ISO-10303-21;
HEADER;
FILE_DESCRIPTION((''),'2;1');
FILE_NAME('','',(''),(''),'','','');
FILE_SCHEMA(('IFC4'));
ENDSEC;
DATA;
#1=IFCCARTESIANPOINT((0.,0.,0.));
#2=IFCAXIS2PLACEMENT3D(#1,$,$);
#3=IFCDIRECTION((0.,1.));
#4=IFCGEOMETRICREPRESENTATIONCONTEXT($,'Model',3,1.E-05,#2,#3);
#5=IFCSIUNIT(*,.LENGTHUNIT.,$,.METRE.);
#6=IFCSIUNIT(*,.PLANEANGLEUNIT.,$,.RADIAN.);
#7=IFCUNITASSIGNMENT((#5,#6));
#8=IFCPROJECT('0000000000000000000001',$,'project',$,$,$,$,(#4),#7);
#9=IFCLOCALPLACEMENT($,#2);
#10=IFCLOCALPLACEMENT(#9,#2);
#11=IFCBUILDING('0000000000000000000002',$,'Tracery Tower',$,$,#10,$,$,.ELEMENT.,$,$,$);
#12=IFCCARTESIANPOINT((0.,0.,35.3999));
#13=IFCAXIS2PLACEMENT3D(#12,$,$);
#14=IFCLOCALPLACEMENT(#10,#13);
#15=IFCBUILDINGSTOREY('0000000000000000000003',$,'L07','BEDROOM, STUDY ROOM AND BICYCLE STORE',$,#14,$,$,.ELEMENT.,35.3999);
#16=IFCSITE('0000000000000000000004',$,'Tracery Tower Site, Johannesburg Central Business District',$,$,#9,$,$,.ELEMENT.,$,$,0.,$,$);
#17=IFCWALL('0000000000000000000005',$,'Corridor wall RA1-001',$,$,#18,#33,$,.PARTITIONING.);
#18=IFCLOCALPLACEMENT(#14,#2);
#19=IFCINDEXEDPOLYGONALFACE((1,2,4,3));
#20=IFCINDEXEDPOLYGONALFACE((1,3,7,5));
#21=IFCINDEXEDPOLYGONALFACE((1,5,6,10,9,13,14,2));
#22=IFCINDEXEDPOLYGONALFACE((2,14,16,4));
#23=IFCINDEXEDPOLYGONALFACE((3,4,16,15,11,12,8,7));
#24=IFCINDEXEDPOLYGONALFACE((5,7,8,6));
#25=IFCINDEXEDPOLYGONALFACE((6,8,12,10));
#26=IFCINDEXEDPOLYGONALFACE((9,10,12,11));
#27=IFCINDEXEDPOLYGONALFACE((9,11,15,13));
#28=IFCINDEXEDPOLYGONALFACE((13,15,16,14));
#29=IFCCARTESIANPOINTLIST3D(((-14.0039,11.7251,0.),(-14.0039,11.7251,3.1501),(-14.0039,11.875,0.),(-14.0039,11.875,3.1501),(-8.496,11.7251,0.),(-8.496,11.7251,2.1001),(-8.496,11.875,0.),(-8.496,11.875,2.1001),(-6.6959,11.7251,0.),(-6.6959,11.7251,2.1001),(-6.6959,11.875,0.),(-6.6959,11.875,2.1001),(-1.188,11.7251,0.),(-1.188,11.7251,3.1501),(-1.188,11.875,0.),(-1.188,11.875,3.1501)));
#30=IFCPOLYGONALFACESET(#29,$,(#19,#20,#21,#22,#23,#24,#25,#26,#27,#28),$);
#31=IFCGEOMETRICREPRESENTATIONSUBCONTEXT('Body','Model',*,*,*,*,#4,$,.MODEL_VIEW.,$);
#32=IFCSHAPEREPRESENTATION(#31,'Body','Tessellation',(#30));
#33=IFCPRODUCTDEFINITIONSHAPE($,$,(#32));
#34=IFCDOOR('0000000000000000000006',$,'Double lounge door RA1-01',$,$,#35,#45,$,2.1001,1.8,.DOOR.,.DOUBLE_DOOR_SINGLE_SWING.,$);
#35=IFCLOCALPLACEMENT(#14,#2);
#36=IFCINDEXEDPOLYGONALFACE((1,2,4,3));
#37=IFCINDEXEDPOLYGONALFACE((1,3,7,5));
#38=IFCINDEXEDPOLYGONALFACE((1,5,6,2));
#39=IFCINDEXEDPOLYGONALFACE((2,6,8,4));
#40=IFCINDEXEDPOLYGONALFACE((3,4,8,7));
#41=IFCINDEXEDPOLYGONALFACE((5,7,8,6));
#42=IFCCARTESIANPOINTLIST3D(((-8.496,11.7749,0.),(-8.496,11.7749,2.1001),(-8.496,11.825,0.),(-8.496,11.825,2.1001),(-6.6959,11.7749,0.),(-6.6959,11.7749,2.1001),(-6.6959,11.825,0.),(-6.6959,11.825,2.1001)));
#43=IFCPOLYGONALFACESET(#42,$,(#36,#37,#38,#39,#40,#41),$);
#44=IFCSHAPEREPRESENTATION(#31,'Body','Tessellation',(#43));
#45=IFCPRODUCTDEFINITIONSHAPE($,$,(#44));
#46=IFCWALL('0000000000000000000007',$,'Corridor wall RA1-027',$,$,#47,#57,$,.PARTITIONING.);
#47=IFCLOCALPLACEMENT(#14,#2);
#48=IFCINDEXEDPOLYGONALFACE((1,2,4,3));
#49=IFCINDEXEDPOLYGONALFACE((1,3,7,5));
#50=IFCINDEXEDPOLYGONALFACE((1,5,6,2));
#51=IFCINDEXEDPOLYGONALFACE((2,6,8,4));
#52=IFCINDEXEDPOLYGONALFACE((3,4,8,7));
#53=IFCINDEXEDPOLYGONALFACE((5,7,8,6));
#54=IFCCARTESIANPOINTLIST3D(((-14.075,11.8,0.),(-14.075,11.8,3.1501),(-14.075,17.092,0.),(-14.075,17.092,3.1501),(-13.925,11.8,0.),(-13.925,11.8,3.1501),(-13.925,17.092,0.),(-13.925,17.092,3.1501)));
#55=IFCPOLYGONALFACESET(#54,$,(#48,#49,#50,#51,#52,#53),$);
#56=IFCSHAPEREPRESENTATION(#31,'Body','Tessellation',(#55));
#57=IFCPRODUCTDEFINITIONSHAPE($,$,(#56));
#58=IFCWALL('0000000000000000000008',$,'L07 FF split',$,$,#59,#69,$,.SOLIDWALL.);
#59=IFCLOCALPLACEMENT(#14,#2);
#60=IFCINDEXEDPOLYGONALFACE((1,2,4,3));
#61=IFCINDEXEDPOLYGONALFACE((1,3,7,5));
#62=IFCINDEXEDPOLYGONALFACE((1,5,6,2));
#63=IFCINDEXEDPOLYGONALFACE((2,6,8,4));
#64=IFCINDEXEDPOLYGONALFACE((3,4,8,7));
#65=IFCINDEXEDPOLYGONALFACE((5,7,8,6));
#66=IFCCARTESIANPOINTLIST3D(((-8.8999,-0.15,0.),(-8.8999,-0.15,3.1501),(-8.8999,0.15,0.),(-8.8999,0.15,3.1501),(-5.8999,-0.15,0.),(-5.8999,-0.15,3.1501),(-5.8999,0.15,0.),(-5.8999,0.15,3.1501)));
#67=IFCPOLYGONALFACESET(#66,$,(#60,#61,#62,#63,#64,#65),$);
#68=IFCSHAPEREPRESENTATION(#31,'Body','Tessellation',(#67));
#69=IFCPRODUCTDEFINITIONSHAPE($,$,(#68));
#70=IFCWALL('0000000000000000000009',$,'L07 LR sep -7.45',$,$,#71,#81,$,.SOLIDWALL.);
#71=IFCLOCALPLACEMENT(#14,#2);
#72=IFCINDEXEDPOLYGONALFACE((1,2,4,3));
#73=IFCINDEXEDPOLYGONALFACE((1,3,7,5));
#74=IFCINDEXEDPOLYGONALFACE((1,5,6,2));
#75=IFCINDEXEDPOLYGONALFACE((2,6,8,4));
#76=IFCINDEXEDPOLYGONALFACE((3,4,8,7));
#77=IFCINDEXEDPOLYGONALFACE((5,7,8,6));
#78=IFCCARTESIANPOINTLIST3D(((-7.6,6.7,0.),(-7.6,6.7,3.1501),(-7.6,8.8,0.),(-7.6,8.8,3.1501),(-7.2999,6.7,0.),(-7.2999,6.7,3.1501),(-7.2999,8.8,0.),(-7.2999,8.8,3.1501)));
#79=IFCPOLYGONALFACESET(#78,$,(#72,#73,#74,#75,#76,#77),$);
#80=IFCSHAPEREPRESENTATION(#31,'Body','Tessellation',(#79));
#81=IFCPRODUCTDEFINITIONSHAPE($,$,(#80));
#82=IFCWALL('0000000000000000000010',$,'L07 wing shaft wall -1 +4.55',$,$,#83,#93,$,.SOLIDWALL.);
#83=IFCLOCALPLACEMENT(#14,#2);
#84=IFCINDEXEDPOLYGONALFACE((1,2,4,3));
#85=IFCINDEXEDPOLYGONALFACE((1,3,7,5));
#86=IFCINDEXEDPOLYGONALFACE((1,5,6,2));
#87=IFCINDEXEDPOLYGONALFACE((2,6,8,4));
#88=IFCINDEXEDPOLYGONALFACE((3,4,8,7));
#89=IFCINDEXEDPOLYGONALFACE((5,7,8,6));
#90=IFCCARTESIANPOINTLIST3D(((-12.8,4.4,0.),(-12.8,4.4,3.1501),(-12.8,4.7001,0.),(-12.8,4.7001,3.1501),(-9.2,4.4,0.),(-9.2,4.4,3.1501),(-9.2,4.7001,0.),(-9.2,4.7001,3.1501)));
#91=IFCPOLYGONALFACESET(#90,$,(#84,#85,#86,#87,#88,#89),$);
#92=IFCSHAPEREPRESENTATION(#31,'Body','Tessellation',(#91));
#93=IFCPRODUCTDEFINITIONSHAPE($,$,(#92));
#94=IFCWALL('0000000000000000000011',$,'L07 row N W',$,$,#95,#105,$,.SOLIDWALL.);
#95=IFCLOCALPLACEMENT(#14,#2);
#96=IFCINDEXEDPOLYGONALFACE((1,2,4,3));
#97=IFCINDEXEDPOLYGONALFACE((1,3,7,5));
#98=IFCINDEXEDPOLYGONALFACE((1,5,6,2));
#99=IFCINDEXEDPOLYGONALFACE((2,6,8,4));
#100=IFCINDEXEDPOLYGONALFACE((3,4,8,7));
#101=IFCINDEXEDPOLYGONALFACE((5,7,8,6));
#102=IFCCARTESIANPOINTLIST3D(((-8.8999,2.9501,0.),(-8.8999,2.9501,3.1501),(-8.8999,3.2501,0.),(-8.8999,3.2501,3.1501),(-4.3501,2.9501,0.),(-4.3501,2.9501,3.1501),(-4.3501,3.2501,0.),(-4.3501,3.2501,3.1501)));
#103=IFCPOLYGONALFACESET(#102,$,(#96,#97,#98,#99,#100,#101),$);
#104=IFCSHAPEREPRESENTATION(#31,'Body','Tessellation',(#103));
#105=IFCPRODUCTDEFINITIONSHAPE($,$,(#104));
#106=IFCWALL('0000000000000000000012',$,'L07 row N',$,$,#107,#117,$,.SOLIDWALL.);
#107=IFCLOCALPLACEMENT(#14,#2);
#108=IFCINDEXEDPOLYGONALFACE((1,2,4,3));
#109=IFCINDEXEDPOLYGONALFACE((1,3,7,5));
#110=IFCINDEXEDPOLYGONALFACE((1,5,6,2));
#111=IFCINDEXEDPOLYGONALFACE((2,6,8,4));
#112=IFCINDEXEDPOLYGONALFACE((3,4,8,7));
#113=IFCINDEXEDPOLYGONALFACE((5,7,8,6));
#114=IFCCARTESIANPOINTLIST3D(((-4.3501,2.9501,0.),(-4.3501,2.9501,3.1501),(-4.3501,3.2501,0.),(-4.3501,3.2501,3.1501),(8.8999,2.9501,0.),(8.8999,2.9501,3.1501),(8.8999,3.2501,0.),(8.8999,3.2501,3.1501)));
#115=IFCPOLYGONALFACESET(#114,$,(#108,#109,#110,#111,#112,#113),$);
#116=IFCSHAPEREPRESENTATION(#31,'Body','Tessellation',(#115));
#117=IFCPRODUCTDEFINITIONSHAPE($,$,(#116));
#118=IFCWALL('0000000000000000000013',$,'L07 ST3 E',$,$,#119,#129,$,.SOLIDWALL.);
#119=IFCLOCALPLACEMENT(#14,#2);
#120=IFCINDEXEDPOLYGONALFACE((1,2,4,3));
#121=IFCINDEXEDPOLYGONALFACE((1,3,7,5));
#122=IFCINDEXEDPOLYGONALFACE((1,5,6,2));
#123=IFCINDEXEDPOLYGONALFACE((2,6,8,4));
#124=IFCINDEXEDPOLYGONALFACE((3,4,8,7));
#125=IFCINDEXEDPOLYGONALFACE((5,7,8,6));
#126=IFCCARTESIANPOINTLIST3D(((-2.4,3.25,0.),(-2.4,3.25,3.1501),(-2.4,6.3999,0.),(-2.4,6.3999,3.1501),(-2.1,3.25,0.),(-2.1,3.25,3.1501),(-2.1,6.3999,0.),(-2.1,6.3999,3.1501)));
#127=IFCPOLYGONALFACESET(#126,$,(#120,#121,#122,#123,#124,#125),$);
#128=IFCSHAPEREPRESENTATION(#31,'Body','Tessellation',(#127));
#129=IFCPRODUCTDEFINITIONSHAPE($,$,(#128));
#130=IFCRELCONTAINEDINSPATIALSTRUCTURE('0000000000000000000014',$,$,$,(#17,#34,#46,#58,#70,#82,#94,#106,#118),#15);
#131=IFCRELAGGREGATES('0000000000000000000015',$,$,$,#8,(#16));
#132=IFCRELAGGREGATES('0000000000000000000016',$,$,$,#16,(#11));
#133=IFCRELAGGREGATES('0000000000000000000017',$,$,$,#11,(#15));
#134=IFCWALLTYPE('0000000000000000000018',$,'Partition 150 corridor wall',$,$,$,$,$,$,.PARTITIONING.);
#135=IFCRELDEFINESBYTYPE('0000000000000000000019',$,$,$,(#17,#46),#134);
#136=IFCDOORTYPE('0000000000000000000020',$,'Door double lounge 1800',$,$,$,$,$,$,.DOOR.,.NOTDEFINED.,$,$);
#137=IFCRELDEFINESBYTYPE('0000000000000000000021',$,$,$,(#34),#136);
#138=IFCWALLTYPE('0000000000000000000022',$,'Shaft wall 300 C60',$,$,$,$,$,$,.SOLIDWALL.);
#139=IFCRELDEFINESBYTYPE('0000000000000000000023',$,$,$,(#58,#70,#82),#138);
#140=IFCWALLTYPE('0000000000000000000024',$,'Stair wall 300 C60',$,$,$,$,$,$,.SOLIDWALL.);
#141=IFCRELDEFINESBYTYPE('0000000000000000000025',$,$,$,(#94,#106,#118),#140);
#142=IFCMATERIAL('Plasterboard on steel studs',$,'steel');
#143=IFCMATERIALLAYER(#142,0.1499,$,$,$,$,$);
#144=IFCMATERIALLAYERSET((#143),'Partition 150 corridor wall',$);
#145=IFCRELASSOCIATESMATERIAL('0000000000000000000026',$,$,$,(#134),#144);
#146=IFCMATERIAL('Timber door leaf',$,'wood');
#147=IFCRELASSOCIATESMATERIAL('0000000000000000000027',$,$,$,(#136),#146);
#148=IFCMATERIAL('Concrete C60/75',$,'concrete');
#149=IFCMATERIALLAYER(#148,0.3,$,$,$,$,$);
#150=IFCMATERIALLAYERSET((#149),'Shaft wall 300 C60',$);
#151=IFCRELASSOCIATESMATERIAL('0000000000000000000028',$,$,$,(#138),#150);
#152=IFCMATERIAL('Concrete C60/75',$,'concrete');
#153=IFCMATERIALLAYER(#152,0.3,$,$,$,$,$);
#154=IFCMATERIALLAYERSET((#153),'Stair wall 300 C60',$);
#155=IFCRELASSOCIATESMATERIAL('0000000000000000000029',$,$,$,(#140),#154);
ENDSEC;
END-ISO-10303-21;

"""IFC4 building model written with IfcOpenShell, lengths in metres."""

from ifc_helpers import new_model, si_unit, direction, frame, frame_2d, origin, place, context, subcontext, project, spatial, rectangle, extrude, material, layer, layer_set, type_object, element, fill, save


model = new_model("IFC4")

# Units and contexts
model_context = context("Model", 3, precision=1e-05, world=origin(), true_north=direction((0.0, 1.0)))
body_context = subcontext(model_context, "Body", "Model", "MODEL_VIEW")
ifc_project = project(units=[si_unit("LENGTHUNIT", "METRE"), si_unit("PLANEANGLEUNIT", "RADIAN")], contexts=[model_context])

# Site, building, storey
site_placement = place(None, origin())
site = spatial("IfcSite", under=ifc_project, at=site_placement, Name="Tracery Tower Site, Johannesburg Central Business District", CompositionType="ELEMENT", RefElevation=0.0)
building_placement = place(site_placement, origin())
building = spatial("IfcBuilding", under=site, at=building_placement, Name="Tracery Tower", CompositionType="ELEMENT")
storey_placement = place(building_placement, frame((0.0, 0.0, 35.3999)))
storey = spatial("IfcBuildingStorey", under=building, at=storey_placement, Name="L07", Description="BEDROOM, STUDY ROOM AND BICYCLE STORE", CompositionType="ELEMENT", Elevation=35.3999)

# Wall, opening, door
ifc_material_1 = material(Name="Plasterboard on steel studs", Category="steel")
ifc_layer_1 = layer(ifc_material_1, 0.1499)
ifc_layer_set_1 = layer_set([ifc_layer_1], Name="Partition 150 corridor wall")
wall_type_1 = type_object("IfcWallType", Name="Partition 150 corridor wall", PredefinedType="PARTITIONING", material=ifc_layer_set_1)
wall_1_placement = place(storey_placement, frame((-14.0039, 11.8, 0.0), z_axis=(0.0, 0.0, 1.0), x_axis=(1.0, 0.0, 0.0)))
wall_1 = element("IfcWall", 1, at=wall_1_placement, inside=storey, type_object=wall_type_1, Name="Corridor wall RA1-001", PredefinedType="PARTITIONING", context=body_context, shape_type="SweptSolid", body=[
    extrude(rectangle(XDim=12.8159, YDim=0.1499, at=frame_2d((6.408, 0.0))), origin(), (0.0, 0.0, 1.0), 3.1501),
])
opening_1_placement = place(wall_1_placement, frame((5.5081, 0.0, 0.0)))
opening_1 = element("IfcOpeningElement", 2, at=opening_1_placement, cuts=wall_1, PredefinedType="OPENING", context=body_context, shape_type="SweptSolid", body=[
    extrude(rectangle(XDim=1.8, YDim=2.1001, at=frame_2d((0.8999, 1.05))), frame((0.0, 0.075, 0.0), z_axis=(0.0, -1.0, 0.0), x_axis=(1.0, 0.0, 0.0)), (0.0, 0.0, 1.0), 0.1499),
])
ifc_material_2 = material(Name="Timber door leaf", Category="wood")
door_type_1 = type_object("IfcDoorType", Name="Door double lounge 1800", OperationType="NOTDEFINED", PredefinedType="DOOR", material=ifc_material_2)
door_1_placement = place(opening_1_placement, origin())
door_1 = element("IfcDoor", 3, at=door_1_placement, inside=storey, type_object=door_type_1, Name="Double lounge door RA1-01", OperationType="DOUBLE_DOOR_SINGLE_SWING", OverallHeight=2.1001, OverallWidth=1.8, PredefinedType="DOOR", context=body_context, shape_type="SweptSolid", body=[
    extrude(rectangle(XDim=1.8, YDim=2.1001, at=frame_2d((0.8999, 1.05))), frame((0.0, 0.0249, 0.0), z_axis=(0.0, -1.0, 0.0), x_axis=(1.0, 0.0, 0.0)), (0.0, 0.0, 1.0), 0.05),
])
fill(opening_1, door_1)

# Walls
wall_2_placement = place(storey_placement, frame((-14.0, 11.8, 0.0), z_axis=(0.0, 0.0, 1.0), x_axis=(0.0, 1.0, 0.0)))
element("IfcWall", 4, at=wall_2_placement, inside=storey, type_object=wall_type_1, Name="Corridor wall RA1-027", PredefinedType="PARTITIONING", context=body_context, shape_type="SweptSolid", body=[
    extrude(rectangle(XDim=5.292, YDim=0.1499, at=frame_2d((2.646, 0.0))), origin(), (0.0, 0.0, 1.0), 3.1501),
])
ifc_material_3 = material(Name="Concrete C60/75", Category="concrete")
ifc_layer_2 = layer(ifc_material_3, 0.3)
ifc_layer_set_2 = layer_set([ifc_layer_2], Name="Shaft wall 300 C60")
wall_type_2 = type_object("IfcWallType", Name="Shaft wall 300 C60", PredefinedType="SOLIDWALL", material=ifc_layer_set_2)
wall_3_placement = place(storey_placement, frame((-8.8999, 0.0, 0.0), z_axis=(0.0, 0.0, 1.0), x_axis=(1.0, 0.0, 0.0)))
element("IfcWall", 5, at=wall_3_placement, inside=storey, type_object=wall_type_2, Name="L07 FF split", PredefinedType="SOLIDWALL", context=body_context, shape_type="SweptSolid", body=[
    extrude(rectangle(XDim=3.0, YDim=0.3, at=frame_2d((1.5, 0.0))), origin(), (0.0, 0.0, 1.0), 3.1501),
])
wall_4_placement = place(storey_placement, frame((-7.45, 6.7, 0.0), z_axis=(0.0, 0.0, 1.0), x_axis=(0.0, 1.0, 0.0)))
element("IfcWall", 6, at=wall_4_placement, inside=storey, type_object=wall_type_2, Name="L07 LR sep -7.45", PredefinedType="SOLIDWALL", context=body_context, shape_type="SweptSolid", body=[
    extrude(rectangle(XDim=2.1001, YDim=0.3, at=frame_2d((1.05, 0.0))), origin(), (0.0, 0.0, 1.0), 3.1501),
])

# Wall
wall_5_placement = place(storey_placement, frame((-12.8, 4.55, 0.0), z_axis=(0.0, 0.0, 1.0), x_axis=(1.0, 0.0, 0.0)))
element("IfcWall", 7, at=wall_5_placement, inside=storey, type_object=wall_type_2, Name="L07 wing shaft wall -1 +4.55", PredefinedType="SOLIDWALL", context=body_context, shape_type="SweptSolid", body=[
    extrude(rectangle(XDim=3.6001, YDim=0.3, at=frame_2d((1.8, 0.0))), origin(), (0.0, 0.0, 1.0), 3.1501),
])

# Walls
ifc_material_4 = material(Name="Concrete C60/75", Category="concrete")
ifc_layer_3 = layer(ifc_material_4, 0.3)
ifc_layer_set_3 = layer_set([ifc_layer_3], Name="Stair wall 300 C60")
wall_type_3 = type_object("IfcWallType", Name="Stair wall 300 C60", PredefinedType="SOLIDWALL", material=ifc_layer_set_3)
wall_6_placement = place(storey_placement, frame((-8.8999, 3.1001, 0.0), z_axis=(0.0, 0.0, 1.0), x_axis=(1.0, 0.0, 0.0)))
element("IfcWall", 8, at=wall_6_placement, inside=storey, type_object=wall_type_3, Name="L07 row N W", PredefinedType="SOLIDWALL", context=body_context, shape_type="SweptSolid", body=[
    extrude(rectangle(XDim=4.5498, YDim=0.3, at=frame_2d((2.2749, 0.0))), origin(), (0.0, 0.0, 1.0), 3.1501),
])
wall_7_placement = place(storey_placement, frame((-4.3501, 3.1001, 0.0), z_axis=(0.0, 0.0, 1.0), x_axis=(1.0, 0.0, 0.0)))
element("IfcWall", 9, at=wall_7_placement, inside=storey, type_object=wall_type_3, Name="L07 row N", PredefinedType="SOLIDWALL", context=body_context, shape_type="SweptSolid", body=[
    extrude(rectangle(XDim=13.25, YDim=0.3, at=frame_2d((6.625, 0.0))), origin(), (0.0, 0.0, 1.0), 3.1501),
])
wall_8_placement = place(storey_placement, frame((-2.25, 3.25, 0.0), z_axis=(0.0, 0.0, 1.0), x_axis=(0.0, 1.0, 0.0)))
element("IfcWall", 10, at=wall_8_placement, inside=storey, type_object=wall_type_3, Name="L07 ST3 E", PredefinedType="SOLIDWALL", context=body_context, shape_type="SweptSolid", body=[
    extrude(rectangle(XDim=3.1499, YDim=0.3, at=frame_2d((1.575, 0.0))), origin(), (0.0, 0.0, 1.0), 3.1501),
])

save(model, "model.ifc")
